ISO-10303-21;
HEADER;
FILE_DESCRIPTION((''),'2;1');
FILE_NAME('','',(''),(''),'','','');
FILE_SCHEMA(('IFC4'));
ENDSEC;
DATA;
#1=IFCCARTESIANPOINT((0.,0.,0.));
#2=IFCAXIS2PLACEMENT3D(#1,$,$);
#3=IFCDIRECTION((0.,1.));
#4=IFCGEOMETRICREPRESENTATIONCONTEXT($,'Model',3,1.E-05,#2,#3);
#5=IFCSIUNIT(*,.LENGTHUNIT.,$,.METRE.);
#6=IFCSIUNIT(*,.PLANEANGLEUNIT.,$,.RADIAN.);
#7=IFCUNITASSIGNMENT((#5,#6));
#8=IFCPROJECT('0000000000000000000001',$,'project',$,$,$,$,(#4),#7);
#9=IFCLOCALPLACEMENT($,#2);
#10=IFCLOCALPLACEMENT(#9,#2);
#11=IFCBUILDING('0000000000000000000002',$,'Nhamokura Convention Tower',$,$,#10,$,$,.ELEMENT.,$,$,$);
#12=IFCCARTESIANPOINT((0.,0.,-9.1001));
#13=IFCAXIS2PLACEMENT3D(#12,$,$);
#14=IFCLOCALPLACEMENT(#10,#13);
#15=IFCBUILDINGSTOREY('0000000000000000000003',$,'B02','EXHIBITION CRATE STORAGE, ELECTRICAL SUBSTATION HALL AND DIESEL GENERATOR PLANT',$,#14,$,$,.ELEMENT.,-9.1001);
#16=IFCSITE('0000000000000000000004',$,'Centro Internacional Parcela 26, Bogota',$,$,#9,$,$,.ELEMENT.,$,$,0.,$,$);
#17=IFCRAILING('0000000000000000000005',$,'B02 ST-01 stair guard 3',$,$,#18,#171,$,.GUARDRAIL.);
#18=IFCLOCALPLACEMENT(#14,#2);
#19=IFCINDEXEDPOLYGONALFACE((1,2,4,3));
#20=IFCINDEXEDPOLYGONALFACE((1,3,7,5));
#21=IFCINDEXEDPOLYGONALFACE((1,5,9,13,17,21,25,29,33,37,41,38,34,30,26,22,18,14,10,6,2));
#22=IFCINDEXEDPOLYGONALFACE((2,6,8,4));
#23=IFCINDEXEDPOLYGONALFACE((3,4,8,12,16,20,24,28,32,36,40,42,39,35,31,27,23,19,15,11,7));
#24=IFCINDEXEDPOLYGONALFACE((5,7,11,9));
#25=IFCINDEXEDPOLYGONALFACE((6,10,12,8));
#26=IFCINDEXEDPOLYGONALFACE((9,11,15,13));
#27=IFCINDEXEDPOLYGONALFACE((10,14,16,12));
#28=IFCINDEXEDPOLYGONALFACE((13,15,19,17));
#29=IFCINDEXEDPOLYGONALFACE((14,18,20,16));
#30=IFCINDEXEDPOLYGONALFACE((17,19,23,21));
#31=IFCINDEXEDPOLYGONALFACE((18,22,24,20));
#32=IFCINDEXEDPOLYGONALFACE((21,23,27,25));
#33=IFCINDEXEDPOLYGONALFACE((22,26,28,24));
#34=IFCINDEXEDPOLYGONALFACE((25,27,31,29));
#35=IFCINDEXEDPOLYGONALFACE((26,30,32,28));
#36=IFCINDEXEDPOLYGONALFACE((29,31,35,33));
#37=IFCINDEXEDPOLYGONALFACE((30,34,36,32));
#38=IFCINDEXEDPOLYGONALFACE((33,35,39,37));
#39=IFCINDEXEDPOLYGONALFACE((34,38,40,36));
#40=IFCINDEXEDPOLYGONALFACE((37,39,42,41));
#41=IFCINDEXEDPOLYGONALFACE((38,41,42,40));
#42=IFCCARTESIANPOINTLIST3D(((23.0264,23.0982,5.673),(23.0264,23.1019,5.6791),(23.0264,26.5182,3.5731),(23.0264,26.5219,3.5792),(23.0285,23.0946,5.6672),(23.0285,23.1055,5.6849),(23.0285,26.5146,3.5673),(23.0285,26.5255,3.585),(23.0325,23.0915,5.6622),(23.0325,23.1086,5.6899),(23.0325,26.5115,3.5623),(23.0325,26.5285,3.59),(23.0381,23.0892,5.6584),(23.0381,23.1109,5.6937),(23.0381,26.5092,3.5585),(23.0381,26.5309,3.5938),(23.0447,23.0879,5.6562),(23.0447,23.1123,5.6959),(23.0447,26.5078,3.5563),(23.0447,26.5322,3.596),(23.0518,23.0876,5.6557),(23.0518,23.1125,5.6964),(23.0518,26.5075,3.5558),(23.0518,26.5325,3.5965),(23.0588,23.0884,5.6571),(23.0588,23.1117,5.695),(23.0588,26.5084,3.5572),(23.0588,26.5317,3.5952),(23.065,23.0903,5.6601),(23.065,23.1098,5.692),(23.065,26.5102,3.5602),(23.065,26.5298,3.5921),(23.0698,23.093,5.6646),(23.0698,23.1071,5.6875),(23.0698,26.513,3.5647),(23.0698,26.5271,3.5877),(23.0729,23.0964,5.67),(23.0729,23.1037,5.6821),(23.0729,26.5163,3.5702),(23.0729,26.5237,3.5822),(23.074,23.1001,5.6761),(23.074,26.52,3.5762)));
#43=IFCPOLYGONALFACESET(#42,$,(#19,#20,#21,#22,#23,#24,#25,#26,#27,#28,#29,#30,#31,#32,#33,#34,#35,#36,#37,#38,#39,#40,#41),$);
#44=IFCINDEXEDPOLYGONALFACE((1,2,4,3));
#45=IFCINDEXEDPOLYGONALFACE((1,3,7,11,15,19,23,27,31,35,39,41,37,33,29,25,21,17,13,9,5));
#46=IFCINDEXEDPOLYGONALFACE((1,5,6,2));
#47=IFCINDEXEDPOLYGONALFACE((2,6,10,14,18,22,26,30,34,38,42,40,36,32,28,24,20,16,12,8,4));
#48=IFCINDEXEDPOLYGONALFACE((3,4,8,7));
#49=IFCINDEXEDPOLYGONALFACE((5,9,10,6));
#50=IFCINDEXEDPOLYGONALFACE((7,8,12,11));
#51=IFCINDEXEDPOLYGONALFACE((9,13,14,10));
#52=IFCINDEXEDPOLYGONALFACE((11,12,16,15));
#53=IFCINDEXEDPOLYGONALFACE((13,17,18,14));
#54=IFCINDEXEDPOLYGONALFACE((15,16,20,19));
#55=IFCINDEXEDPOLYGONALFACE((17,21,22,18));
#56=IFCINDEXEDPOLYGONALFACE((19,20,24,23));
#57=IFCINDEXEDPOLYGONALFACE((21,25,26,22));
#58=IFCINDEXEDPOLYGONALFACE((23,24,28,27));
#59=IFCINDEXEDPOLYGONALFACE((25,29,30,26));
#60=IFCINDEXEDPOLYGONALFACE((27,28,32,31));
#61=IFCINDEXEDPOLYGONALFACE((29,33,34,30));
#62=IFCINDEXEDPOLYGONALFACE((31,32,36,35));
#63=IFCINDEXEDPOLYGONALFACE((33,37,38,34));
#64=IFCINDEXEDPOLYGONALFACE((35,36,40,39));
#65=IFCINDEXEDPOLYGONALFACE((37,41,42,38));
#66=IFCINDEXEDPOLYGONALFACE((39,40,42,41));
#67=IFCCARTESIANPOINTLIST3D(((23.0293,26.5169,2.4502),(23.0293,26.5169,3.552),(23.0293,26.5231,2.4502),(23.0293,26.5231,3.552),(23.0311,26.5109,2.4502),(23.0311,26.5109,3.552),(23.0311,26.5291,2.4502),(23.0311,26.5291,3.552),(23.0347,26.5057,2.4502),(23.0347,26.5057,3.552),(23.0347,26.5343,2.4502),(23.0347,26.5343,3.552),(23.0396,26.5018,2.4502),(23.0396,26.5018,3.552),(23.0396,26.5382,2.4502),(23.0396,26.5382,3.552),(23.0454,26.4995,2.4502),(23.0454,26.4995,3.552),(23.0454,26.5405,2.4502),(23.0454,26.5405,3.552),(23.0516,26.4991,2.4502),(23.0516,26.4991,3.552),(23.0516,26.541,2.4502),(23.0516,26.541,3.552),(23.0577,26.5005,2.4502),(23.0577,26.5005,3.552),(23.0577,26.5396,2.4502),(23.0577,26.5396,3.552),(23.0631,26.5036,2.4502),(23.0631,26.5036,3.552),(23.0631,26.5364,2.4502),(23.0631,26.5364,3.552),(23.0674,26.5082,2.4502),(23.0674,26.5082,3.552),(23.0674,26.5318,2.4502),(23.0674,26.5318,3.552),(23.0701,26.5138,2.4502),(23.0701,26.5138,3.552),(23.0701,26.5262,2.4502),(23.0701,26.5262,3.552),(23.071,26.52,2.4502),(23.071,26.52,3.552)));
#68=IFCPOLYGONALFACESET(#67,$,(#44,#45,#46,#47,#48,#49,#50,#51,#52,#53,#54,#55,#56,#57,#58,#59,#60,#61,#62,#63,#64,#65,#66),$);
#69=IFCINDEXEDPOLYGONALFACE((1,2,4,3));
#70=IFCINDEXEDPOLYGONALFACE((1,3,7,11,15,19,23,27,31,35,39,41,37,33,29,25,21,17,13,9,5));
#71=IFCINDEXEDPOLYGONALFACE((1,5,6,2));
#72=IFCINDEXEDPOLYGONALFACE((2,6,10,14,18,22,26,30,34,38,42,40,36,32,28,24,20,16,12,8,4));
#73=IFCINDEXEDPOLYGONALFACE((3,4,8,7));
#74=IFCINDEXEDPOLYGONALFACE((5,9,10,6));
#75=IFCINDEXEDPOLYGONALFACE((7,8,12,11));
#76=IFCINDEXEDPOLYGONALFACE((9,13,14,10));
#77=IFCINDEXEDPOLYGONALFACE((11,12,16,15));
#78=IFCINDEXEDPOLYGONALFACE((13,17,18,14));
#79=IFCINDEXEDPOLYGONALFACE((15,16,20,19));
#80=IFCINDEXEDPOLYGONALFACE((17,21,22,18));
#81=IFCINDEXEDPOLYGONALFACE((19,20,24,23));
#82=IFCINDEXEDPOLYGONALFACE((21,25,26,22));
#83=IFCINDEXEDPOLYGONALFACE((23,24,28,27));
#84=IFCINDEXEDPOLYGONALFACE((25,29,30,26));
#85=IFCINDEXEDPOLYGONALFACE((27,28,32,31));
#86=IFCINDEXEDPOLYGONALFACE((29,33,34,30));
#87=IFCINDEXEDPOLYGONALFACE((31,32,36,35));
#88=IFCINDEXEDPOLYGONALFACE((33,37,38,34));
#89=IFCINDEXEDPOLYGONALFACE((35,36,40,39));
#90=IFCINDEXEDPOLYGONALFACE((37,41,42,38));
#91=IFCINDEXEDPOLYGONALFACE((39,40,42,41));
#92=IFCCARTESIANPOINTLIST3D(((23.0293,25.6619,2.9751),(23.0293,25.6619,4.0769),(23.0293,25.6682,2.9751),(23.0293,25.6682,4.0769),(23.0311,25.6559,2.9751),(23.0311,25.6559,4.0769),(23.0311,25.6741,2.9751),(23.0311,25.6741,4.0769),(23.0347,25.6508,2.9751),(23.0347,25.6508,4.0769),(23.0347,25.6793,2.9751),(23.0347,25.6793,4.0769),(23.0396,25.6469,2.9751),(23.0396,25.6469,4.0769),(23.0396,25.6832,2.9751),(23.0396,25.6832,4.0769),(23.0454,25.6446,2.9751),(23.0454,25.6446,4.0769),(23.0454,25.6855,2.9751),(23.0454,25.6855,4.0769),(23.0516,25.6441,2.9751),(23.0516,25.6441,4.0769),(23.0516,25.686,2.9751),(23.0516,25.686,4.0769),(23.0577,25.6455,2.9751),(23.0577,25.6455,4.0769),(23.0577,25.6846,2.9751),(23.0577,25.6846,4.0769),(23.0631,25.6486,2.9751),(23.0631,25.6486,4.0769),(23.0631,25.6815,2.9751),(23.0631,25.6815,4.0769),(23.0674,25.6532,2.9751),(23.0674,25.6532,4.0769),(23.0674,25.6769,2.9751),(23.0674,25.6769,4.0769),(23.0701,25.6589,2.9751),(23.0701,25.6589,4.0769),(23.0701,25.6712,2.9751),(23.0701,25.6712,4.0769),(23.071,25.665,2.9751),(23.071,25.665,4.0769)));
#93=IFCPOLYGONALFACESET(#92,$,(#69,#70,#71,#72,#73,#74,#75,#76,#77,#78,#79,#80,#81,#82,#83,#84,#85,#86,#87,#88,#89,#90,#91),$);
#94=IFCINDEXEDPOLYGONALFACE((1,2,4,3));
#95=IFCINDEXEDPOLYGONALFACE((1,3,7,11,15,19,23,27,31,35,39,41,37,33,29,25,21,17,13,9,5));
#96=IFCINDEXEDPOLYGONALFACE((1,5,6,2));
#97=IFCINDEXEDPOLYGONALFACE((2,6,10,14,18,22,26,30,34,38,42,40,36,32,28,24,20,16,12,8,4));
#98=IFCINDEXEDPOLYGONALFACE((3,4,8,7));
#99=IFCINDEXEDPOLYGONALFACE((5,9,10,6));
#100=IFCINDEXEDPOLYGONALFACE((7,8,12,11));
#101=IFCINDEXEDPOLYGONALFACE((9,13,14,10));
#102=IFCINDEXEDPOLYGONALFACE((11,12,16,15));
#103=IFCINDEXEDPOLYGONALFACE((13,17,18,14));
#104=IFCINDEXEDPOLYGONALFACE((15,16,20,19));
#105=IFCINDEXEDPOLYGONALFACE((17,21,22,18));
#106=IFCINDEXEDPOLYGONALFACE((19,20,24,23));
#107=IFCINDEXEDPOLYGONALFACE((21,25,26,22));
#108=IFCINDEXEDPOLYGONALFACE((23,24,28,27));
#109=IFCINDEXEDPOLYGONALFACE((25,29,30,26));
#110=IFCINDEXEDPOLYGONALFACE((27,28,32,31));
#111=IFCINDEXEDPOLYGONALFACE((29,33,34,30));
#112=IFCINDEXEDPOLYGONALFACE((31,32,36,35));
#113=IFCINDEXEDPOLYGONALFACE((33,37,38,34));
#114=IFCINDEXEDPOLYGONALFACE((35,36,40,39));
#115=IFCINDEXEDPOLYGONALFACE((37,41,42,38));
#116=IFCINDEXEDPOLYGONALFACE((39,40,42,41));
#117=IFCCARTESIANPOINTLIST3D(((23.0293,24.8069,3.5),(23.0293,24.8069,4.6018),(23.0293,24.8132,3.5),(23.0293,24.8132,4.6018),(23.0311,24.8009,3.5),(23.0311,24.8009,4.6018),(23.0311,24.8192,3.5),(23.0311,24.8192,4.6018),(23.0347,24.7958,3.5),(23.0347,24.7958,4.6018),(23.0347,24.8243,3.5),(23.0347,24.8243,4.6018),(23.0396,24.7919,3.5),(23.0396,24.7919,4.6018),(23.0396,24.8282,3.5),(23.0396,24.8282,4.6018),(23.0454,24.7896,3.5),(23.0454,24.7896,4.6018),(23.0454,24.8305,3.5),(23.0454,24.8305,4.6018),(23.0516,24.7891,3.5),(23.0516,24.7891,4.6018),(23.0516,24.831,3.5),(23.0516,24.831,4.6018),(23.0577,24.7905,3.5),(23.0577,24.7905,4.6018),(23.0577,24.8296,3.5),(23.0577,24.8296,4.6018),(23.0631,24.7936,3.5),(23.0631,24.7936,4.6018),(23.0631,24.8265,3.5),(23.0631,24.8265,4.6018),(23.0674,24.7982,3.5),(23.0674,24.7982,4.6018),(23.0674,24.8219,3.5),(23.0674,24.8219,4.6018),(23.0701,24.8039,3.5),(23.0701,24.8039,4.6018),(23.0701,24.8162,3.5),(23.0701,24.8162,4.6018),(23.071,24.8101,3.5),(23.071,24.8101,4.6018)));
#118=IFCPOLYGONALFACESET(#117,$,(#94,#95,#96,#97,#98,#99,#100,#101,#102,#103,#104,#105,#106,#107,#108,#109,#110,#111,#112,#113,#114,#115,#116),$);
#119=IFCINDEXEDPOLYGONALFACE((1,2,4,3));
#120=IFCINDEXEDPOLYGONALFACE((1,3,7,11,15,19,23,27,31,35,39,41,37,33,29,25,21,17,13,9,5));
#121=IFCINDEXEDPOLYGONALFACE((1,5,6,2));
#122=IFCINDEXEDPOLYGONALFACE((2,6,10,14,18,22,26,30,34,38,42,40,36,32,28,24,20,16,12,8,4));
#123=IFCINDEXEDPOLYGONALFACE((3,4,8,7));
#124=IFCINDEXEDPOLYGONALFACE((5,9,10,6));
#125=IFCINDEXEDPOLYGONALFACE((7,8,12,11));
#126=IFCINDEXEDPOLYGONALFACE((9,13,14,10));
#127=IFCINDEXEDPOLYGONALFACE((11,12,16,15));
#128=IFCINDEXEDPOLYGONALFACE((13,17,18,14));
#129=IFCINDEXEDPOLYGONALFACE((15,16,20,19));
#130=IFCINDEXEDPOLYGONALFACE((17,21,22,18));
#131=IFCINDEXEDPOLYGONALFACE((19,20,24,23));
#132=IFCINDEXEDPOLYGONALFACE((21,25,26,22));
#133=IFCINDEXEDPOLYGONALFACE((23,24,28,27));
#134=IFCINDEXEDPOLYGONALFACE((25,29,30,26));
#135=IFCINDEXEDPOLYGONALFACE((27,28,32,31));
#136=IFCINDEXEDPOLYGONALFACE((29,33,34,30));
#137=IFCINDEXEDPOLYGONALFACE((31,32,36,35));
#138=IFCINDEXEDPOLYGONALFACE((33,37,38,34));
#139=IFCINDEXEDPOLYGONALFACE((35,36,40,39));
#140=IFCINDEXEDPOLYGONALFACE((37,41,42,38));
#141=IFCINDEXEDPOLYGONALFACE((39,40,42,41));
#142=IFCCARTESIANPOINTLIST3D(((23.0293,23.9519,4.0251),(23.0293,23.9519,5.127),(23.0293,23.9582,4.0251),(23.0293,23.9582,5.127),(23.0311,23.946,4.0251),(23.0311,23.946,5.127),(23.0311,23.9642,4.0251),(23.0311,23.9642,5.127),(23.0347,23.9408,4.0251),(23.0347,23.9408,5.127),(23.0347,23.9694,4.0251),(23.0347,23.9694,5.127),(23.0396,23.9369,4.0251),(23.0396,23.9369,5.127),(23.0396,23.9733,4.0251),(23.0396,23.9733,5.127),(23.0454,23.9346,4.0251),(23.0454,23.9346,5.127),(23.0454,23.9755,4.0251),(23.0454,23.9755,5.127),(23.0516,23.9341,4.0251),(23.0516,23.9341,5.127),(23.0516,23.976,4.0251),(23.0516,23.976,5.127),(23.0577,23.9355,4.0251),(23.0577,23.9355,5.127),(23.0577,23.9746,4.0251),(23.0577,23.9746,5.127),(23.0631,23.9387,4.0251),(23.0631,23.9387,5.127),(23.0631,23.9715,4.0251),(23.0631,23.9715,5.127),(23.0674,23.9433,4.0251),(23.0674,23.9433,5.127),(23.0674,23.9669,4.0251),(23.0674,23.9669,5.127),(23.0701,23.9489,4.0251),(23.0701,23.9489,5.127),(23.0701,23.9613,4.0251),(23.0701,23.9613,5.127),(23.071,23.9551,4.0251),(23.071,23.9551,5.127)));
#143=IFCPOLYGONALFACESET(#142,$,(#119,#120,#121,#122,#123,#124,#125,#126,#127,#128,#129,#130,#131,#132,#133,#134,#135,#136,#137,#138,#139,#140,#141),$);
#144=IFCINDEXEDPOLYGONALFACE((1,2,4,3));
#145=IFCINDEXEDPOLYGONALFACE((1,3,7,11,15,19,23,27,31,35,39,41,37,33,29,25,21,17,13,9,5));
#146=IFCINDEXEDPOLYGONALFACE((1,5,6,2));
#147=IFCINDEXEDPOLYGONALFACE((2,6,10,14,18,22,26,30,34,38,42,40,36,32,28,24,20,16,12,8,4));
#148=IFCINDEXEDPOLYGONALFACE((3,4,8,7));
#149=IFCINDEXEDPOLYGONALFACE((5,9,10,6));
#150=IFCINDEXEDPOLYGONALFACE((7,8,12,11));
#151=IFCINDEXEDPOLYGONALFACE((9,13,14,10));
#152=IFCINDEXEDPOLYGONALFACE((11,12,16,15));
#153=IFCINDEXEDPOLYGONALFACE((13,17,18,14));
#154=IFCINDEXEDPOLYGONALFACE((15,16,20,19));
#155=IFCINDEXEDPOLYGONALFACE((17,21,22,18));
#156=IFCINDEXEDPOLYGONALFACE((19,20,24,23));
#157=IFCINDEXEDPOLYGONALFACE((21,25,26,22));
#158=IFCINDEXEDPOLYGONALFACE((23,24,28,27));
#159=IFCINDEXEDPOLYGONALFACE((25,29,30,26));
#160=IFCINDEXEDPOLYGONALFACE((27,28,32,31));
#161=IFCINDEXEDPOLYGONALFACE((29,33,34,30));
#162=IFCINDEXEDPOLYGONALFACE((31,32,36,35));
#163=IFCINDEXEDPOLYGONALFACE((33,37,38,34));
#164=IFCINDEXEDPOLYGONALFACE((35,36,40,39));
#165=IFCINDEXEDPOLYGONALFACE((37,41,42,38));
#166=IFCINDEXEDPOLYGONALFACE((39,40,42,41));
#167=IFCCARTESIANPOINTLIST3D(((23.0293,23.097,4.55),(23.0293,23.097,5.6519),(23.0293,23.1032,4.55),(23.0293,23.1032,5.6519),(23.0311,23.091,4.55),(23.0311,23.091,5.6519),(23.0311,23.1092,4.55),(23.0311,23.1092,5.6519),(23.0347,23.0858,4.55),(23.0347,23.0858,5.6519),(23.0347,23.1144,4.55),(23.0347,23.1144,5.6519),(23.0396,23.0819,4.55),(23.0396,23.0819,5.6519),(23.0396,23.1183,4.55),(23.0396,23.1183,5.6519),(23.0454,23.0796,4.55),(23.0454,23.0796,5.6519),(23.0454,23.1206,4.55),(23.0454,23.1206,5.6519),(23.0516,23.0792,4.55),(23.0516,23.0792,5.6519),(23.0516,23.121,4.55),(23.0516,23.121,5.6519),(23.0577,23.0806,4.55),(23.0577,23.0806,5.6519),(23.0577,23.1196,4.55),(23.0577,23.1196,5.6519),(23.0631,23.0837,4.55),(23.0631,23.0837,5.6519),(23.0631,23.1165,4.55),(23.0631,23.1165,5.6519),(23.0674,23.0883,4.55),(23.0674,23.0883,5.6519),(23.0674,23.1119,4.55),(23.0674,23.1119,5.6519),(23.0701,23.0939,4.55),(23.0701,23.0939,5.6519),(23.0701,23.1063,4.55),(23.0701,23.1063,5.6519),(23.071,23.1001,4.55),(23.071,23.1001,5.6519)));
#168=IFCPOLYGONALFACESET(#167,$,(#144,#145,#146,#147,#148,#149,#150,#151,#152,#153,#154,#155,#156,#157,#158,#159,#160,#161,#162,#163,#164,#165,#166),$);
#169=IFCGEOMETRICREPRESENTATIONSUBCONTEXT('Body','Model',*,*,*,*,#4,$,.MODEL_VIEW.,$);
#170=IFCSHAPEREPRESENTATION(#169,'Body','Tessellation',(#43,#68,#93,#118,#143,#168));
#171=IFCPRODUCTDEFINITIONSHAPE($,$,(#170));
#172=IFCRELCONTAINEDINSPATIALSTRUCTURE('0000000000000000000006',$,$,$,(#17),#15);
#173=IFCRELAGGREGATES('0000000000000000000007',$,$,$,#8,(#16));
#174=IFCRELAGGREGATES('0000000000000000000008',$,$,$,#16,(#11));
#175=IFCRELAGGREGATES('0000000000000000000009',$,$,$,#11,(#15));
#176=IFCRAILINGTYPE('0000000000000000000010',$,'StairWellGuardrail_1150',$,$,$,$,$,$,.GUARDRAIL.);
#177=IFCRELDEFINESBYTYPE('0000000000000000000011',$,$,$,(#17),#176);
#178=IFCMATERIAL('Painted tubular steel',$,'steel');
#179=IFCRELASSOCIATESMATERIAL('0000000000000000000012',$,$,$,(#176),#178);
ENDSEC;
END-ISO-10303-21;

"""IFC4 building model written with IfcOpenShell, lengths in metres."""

from ifc_helpers import new_model, si_unit, direction, frame, origin, origin_2d, place, context, subcontext, project, spatial, circle, extrude, material, type_object, element, save


model = new_model("IFC4")

# Units and contexts
model_context = context("Model", 3, precision=1e-05, world=origin(), true_north=direction((0.0, 1.0)))
body_context = subcontext(model_context, "Body", "Model", "MODEL_VIEW")
ifc_project = project(units=[si_unit("LENGTHUNIT", "METRE"), si_unit("PLANEANGLEUNIT", "RADIAN")], contexts=[model_context])

# Site, building, storey
site_placement = place(None, origin())
site = spatial("IfcSite", under=ifc_project, at=site_placement, Name="Centro Internacional Parcela 26, Bogota", CompositionType="ELEMENT", RefElevation=0.0)
building_placement = place(site_placement, origin())
building = spatial("IfcBuilding", under=site, at=building_placement, Name="Nhamokura Convention Tower", CompositionType="ELEMENT")
storey_placement = place(building_placement, frame((0.0, 0.0, -9.1001)))
storey = spatial("IfcBuildingStorey", under=building, at=storey_placement, Name="B02", Description="EXHIBITION CRATE STORAGE, ELECTRICAL SUBSTATION HALL AND DIESEL GENERATOR PLANT", CompositionType="ELEMENT", Elevation=-9.1001)

# Railing
ifc_material_1 = material(Name="Painted tubular steel", Category="steel")
railing_type_1 = type_object("IfcRailingType", Name="StairWellGuardrail_1150", PredefinedType="GUARDRAIL", material=ifc_material_1)
railing_1_placement = place(storey_placement, frame((23.05, 26.52, 2.4502)))
element("IfcRailing", 1, at=railing_1_placement, inside=storey, type_object=railing_type_1, Name="B02 ST-01 stair guard 3", PredefinedType="GUARDRAIL", context=body_context, shape_type="SweptSolid", body=[
    extrude(circle(Radius=0.0239, at=origin_2d()), frame((0.0, 0.0, 1.126), z_axis=(0.0, -0.852182, 0.523245), x_axis=(1.0, 0.0, 0.0)), (0.0, 0.0, 1.0), 4.0132),
    extrude(circle(Radius=0.021, at=origin_2d()), origin(), (0.0, 0.0, 1.0), 1.1018),
    extrude(circle(Radius=0.021, at=origin_2d()), frame((0.0, -0.855, 0.5249)), (0.0, 0.0, 1.0), 1.1018),
    extrude(circle(Radius=0.021, at=origin_2d()), frame((0.0, -1.71, 1.0498)), (0.0, 0.0, 1.0), 1.1018),
    extrude(circle(Radius=0.021, at=origin_2d()), frame((0.0, -2.5649, 1.575)), (0.0, 0.0, 1.0), 1.1018),
    extrude(circle(Radius=0.021, at=origin_2d()), frame((0.0, -3.4199, 2.0999)), (0.0, 0.0, 1.0), 1.1018),
])

save(model, "model.ifc")
